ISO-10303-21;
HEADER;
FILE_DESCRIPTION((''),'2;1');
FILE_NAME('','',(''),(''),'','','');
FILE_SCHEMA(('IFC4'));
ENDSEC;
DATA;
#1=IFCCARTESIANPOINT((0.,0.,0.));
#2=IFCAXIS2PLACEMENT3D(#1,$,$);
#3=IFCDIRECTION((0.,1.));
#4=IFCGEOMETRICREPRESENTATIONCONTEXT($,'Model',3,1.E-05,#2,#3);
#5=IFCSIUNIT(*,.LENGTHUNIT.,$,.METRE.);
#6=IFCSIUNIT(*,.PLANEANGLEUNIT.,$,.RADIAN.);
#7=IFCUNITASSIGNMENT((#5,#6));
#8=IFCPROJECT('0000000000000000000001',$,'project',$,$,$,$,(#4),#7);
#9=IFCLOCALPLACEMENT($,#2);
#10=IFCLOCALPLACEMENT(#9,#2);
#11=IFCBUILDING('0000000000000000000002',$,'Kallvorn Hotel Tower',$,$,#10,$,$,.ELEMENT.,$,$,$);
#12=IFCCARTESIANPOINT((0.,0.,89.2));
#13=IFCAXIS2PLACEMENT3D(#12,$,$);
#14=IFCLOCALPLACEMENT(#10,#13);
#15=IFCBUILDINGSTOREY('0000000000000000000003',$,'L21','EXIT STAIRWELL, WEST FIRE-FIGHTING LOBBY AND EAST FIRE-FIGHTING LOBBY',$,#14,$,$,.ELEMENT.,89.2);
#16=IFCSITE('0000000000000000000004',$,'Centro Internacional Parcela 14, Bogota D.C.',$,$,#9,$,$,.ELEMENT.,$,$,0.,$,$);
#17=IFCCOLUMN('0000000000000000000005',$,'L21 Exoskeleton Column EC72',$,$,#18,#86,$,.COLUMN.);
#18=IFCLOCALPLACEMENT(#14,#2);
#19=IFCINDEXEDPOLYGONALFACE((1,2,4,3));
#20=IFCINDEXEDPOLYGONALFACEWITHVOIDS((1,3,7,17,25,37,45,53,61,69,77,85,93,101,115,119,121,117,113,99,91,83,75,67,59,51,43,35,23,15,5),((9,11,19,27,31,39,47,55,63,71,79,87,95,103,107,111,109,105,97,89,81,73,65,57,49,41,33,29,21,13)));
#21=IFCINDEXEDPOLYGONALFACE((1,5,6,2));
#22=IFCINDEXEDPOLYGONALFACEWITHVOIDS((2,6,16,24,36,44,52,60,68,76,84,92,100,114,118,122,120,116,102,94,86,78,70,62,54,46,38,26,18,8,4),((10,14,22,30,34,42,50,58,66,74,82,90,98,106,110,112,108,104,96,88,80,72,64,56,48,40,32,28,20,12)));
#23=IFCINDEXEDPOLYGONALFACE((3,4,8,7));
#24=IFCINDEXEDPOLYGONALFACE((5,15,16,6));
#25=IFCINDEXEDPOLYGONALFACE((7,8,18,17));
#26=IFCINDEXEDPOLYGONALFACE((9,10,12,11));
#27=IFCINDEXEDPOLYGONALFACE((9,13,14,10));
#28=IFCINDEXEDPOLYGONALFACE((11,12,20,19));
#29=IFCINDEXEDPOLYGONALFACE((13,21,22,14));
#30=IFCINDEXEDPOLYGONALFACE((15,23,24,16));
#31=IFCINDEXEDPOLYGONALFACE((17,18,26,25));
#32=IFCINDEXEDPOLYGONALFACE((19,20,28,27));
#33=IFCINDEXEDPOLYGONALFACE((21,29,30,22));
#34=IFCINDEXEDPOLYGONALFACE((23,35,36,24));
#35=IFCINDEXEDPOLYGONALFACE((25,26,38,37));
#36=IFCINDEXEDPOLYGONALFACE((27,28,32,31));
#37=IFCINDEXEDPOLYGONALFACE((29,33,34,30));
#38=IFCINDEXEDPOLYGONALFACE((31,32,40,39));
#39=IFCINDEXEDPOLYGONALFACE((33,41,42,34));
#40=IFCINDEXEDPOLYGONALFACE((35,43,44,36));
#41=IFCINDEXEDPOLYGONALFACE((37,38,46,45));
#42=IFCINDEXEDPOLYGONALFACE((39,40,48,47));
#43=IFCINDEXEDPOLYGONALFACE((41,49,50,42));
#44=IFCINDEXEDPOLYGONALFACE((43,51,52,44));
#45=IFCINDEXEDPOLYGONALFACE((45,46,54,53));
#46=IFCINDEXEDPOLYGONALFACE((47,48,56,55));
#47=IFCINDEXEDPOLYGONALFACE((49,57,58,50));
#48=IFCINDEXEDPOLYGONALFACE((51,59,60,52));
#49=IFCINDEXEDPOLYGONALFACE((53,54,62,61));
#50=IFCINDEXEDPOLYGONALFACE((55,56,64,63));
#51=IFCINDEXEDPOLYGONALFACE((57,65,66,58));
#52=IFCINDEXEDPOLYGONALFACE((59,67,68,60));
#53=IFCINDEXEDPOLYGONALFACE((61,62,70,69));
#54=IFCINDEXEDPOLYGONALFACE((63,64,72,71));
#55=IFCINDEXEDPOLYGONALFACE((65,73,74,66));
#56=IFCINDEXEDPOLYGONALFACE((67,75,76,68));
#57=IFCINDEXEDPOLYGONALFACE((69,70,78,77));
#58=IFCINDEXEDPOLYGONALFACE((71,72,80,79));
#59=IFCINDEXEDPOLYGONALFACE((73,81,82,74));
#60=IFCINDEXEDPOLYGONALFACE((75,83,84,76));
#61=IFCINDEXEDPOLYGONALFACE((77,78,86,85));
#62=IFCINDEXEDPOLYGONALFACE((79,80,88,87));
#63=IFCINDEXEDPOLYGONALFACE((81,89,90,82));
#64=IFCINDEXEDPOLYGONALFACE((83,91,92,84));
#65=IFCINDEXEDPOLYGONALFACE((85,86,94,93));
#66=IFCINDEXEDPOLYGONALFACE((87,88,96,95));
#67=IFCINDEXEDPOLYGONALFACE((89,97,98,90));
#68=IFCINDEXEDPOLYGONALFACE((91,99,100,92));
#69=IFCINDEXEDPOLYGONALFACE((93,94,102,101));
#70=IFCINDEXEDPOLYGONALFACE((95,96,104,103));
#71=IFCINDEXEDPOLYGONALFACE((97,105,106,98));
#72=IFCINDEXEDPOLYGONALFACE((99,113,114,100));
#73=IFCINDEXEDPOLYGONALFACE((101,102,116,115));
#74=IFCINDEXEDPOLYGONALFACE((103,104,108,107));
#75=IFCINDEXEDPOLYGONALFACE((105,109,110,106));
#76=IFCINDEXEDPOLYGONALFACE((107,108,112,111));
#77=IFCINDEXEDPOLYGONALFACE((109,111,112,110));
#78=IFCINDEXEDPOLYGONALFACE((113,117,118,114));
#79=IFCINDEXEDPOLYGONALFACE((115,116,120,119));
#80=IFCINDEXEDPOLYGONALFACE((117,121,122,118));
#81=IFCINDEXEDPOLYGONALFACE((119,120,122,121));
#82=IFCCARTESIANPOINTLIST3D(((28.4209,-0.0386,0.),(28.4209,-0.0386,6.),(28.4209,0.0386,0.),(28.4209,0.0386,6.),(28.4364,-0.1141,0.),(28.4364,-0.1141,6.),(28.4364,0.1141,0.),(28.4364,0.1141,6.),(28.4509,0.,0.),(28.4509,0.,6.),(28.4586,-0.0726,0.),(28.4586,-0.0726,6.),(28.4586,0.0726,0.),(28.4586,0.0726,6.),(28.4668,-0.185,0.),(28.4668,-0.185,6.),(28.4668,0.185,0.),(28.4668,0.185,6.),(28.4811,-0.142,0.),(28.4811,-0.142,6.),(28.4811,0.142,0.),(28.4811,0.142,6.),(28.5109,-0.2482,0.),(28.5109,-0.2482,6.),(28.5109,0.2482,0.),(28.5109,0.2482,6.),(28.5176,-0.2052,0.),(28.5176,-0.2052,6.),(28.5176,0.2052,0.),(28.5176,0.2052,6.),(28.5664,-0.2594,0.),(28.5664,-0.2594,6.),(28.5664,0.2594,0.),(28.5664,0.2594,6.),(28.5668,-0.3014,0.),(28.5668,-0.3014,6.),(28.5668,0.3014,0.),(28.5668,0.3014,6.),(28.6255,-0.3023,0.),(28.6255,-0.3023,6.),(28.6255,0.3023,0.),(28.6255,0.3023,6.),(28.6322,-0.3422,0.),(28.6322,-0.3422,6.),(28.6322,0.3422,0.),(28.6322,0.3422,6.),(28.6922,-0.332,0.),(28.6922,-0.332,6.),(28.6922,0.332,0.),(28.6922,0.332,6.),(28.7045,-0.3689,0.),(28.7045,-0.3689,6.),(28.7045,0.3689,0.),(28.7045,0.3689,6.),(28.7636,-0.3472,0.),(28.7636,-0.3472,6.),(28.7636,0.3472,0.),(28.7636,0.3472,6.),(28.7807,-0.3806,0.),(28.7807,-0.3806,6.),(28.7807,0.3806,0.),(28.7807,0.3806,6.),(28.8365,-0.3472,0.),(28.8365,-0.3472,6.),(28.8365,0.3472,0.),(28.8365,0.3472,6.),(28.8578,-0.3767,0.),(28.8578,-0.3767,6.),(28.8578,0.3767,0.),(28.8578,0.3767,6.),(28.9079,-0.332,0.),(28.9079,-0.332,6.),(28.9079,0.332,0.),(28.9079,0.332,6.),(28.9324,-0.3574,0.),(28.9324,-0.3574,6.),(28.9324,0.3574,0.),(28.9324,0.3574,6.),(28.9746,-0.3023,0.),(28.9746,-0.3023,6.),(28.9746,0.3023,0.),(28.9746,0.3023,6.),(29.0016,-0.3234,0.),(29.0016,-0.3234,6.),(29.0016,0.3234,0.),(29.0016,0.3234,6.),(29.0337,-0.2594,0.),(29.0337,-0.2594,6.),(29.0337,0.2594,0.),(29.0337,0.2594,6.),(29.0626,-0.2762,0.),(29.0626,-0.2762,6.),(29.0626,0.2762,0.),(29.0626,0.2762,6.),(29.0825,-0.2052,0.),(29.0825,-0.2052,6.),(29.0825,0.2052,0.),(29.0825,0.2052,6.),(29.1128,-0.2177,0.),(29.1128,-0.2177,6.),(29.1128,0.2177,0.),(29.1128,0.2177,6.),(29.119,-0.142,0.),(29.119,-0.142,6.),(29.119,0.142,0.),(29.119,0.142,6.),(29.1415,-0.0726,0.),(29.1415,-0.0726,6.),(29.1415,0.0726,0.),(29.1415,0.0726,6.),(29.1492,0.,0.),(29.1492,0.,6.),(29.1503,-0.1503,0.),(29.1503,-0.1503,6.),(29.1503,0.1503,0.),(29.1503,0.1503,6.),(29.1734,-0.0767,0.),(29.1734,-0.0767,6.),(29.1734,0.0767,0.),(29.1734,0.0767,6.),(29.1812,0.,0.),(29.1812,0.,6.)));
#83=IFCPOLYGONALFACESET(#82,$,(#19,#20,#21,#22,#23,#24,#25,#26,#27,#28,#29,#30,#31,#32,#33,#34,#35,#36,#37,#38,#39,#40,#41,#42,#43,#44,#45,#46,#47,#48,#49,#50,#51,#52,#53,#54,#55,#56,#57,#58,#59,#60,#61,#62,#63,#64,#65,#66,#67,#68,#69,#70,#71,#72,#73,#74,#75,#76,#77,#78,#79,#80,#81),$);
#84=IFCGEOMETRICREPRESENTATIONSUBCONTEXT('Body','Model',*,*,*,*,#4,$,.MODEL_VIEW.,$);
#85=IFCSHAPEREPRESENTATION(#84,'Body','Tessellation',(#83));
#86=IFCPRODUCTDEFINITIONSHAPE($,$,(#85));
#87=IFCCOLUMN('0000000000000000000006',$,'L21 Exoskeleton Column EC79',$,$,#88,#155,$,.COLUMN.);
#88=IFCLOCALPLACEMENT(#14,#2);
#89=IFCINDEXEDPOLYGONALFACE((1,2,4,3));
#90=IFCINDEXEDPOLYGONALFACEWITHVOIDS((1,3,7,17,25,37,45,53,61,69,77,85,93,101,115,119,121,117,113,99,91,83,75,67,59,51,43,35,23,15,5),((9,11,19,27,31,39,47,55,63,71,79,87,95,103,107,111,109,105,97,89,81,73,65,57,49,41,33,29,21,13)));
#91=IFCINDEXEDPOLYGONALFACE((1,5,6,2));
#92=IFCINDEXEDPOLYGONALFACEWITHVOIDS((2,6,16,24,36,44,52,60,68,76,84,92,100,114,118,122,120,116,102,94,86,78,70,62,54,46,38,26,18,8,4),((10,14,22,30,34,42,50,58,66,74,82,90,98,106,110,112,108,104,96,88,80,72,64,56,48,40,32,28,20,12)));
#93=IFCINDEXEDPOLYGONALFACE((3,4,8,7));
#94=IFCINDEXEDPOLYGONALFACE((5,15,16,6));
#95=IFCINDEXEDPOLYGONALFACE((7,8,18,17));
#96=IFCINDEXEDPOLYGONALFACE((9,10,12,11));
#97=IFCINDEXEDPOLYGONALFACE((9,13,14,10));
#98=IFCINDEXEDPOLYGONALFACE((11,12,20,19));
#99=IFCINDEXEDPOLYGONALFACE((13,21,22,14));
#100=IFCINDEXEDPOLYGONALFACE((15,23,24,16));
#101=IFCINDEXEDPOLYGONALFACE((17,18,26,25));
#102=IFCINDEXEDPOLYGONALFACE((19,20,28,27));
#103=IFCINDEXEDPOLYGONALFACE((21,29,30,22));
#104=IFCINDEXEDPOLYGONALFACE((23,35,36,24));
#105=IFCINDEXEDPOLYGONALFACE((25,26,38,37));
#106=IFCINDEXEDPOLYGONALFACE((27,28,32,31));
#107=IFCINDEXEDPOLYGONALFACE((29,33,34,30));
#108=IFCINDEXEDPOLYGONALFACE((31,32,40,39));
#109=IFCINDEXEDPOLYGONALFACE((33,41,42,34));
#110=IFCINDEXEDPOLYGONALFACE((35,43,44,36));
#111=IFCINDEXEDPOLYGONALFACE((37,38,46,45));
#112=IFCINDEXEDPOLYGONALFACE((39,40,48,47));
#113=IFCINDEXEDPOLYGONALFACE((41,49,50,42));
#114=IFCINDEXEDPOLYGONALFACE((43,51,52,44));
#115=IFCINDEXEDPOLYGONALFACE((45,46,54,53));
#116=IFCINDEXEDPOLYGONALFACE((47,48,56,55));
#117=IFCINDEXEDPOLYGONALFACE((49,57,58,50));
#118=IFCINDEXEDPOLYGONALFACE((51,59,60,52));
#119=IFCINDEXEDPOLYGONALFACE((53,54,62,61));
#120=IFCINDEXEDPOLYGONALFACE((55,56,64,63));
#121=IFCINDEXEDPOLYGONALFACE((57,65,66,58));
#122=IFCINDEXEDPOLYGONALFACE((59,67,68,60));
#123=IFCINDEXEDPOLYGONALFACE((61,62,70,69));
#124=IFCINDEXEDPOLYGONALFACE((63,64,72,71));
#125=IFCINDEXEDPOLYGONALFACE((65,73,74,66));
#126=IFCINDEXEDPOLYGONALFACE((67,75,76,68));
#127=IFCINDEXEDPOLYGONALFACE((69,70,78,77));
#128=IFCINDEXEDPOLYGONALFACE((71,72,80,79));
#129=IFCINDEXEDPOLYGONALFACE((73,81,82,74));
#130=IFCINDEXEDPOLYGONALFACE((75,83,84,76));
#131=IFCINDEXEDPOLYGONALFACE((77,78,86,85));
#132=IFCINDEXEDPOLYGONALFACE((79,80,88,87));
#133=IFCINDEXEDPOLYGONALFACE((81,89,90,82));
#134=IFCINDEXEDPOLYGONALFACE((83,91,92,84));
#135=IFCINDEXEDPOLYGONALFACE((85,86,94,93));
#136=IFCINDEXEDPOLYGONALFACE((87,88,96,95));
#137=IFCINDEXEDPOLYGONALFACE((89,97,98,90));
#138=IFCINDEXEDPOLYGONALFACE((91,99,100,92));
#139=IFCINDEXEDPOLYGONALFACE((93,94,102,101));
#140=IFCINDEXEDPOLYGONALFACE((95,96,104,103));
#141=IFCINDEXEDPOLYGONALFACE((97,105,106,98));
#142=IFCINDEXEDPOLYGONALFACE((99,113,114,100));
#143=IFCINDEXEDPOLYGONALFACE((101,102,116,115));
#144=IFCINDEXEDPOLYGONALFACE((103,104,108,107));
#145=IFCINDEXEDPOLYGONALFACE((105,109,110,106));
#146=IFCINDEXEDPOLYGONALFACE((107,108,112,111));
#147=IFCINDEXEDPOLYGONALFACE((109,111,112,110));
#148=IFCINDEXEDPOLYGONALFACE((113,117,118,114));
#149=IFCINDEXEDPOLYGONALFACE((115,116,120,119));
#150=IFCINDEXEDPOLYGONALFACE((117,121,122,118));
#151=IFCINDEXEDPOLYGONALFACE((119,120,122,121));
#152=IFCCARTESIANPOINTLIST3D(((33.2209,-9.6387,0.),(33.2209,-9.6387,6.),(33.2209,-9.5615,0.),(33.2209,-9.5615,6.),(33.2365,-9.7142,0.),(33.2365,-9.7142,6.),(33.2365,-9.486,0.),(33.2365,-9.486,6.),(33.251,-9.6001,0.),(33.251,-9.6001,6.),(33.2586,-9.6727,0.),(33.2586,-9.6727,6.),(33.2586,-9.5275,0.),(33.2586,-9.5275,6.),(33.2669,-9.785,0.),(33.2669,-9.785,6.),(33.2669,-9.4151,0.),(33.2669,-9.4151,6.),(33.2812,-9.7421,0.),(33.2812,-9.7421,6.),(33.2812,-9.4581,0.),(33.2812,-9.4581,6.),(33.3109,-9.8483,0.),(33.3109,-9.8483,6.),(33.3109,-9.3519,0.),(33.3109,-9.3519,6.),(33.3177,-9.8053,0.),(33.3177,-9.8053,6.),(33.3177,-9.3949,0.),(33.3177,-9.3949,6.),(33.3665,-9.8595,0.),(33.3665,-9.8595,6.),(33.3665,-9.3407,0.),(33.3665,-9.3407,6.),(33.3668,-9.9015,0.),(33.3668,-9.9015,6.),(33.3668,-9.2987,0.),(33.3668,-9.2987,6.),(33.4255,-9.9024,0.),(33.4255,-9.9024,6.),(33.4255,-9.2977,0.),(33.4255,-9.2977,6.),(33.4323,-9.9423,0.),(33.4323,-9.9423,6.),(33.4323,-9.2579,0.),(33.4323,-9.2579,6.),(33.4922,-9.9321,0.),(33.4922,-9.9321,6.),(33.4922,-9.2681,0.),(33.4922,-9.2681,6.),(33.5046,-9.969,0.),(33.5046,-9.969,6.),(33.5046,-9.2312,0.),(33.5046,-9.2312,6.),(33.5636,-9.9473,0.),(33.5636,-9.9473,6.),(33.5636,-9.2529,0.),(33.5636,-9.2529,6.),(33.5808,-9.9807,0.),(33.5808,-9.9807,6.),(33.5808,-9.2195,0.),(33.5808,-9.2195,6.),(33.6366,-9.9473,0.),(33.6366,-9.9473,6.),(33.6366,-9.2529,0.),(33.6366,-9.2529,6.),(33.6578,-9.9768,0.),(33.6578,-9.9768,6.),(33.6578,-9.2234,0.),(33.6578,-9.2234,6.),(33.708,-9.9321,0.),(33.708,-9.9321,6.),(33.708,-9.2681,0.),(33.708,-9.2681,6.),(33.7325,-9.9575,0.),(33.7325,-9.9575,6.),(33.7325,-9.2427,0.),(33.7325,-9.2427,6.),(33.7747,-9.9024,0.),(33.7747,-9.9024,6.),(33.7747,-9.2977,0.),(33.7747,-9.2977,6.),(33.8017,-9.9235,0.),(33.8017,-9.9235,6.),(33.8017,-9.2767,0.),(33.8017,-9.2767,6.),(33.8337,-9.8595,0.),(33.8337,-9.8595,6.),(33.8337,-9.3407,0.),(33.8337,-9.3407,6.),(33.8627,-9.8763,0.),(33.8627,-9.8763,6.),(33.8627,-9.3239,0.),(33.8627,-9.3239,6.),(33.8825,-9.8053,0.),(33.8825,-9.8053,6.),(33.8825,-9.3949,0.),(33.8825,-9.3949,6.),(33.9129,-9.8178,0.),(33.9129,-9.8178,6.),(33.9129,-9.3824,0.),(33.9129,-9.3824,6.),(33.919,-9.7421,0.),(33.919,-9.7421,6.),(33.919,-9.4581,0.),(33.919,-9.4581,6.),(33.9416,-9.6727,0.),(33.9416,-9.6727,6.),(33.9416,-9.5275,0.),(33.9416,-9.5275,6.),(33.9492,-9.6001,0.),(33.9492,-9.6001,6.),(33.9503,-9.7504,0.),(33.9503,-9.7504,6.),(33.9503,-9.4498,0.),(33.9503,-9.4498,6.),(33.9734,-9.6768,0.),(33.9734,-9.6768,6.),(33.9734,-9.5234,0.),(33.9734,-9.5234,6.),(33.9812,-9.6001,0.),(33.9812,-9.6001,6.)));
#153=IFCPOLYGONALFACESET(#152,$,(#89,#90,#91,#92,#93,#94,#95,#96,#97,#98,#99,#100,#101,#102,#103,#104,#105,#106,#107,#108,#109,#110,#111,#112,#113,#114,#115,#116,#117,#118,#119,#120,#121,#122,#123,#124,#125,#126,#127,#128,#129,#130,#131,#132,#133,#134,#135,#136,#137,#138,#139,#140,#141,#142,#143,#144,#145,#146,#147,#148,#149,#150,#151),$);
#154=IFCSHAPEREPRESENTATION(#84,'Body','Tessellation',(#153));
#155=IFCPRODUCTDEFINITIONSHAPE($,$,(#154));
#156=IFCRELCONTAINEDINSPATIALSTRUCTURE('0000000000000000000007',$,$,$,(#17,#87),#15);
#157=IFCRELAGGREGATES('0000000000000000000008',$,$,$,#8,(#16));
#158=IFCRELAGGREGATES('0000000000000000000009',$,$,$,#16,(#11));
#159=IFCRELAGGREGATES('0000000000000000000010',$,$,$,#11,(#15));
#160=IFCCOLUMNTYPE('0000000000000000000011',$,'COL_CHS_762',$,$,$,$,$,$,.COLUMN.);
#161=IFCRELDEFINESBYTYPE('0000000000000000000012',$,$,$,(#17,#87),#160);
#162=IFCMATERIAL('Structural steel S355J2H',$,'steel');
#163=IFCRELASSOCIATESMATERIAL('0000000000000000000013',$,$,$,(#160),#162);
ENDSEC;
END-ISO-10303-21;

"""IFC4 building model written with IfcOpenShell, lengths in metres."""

from ifc_helpers import new_model, si_unit, direction, frame, origin, origin_2d, place, context, subcontext, project, spatial, hollow_circle, extrude, material, material_profile, profile_set, type_object, element, save


model = new_model("IFC4")

# Units and contexts
model_context = context("Model", 3, precision=1e-05, world=origin(), true_north=direction((0.0, 1.0)))
body_context = subcontext(model_context, "Body", "Model", "MODEL_VIEW")
ifc_project = project(units=[si_unit("LENGTHUNIT", "METRE"), si_unit("PLANEANGLEUNIT", "RADIAN")], contexts=[model_context])

# Site, building, storey
site_placement = place(None, origin())
site = spatial("IfcSite", under=ifc_project, at=site_placement, Name="Centro Internacional Parcela 14, Bogota D.C.", CompositionType="ELEMENT", RefElevation=0.0)
building_placement = place(site_placement, origin())
building = spatial("IfcBuilding", under=site, at=building_placement, Name="Kallvorn Hotel Tower", CompositionType="ELEMENT")
storey_placement = place(building_placement, frame((0.0, 0.0, 89.2)))
storey = spatial("IfcBuildingStorey", under=building, at=storey_placement, Name="L21", Description="EXIT STAIRWELL, WEST FIRE-FIGHTING LOBBY AND EAST FIRE-FIGHTING LOBBY", CompositionType="ELEMENT", Elevation=89.2)

# Columns
ifc_material_1 = material(Name="Structural steel S355J2H", Category="steel")
ifc_material_profile_1 = material_profile(ifc_material_1, hollow_circle(Radius=0.3811, WallThickness=0.032, at=origin_2d()), Name="CHS 762x32")
ifc_profile_set_1 = profile_set([ifc_material_profile_1], Name="Structural steel S355J2H")
column_type_1 = type_object("IfcColumnType", Name="COL_CHS_762", PredefinedType="COLUMN", material=ifc_profile_set_1)
for number, where, z_axis, x_axis, name in (
    (1, (28.8, 0.0, 0.0), (0.0, 0.0, 1.0), (1.0, 0.0, 0.0), "L21 Exoskeleton Column EC72"),
    (2, (33.6001, -9.6001, 0.0), (0.0, 0.0, 1.0), (1.0, 0.0, 0.0), "L21 Exoskeleton Column EC79"),
):
    element("IfcColumn", number, at=place(storey_placement, frame(where, z_axis=z_axis, x_axis=x_axis)), inside=storey, type_object=column_type_1, Name=name, PredefinedType="COLUMN", context=body_context, shape_type="SweptSolid", body=[
        extrude(hollow_circle(Radius=0.3811, WallThickness=0.032, at=origin_2d()), origin(), (0.0, 0.0, 1.0), 6.0),
    ])

save(model, "model.ifc")
